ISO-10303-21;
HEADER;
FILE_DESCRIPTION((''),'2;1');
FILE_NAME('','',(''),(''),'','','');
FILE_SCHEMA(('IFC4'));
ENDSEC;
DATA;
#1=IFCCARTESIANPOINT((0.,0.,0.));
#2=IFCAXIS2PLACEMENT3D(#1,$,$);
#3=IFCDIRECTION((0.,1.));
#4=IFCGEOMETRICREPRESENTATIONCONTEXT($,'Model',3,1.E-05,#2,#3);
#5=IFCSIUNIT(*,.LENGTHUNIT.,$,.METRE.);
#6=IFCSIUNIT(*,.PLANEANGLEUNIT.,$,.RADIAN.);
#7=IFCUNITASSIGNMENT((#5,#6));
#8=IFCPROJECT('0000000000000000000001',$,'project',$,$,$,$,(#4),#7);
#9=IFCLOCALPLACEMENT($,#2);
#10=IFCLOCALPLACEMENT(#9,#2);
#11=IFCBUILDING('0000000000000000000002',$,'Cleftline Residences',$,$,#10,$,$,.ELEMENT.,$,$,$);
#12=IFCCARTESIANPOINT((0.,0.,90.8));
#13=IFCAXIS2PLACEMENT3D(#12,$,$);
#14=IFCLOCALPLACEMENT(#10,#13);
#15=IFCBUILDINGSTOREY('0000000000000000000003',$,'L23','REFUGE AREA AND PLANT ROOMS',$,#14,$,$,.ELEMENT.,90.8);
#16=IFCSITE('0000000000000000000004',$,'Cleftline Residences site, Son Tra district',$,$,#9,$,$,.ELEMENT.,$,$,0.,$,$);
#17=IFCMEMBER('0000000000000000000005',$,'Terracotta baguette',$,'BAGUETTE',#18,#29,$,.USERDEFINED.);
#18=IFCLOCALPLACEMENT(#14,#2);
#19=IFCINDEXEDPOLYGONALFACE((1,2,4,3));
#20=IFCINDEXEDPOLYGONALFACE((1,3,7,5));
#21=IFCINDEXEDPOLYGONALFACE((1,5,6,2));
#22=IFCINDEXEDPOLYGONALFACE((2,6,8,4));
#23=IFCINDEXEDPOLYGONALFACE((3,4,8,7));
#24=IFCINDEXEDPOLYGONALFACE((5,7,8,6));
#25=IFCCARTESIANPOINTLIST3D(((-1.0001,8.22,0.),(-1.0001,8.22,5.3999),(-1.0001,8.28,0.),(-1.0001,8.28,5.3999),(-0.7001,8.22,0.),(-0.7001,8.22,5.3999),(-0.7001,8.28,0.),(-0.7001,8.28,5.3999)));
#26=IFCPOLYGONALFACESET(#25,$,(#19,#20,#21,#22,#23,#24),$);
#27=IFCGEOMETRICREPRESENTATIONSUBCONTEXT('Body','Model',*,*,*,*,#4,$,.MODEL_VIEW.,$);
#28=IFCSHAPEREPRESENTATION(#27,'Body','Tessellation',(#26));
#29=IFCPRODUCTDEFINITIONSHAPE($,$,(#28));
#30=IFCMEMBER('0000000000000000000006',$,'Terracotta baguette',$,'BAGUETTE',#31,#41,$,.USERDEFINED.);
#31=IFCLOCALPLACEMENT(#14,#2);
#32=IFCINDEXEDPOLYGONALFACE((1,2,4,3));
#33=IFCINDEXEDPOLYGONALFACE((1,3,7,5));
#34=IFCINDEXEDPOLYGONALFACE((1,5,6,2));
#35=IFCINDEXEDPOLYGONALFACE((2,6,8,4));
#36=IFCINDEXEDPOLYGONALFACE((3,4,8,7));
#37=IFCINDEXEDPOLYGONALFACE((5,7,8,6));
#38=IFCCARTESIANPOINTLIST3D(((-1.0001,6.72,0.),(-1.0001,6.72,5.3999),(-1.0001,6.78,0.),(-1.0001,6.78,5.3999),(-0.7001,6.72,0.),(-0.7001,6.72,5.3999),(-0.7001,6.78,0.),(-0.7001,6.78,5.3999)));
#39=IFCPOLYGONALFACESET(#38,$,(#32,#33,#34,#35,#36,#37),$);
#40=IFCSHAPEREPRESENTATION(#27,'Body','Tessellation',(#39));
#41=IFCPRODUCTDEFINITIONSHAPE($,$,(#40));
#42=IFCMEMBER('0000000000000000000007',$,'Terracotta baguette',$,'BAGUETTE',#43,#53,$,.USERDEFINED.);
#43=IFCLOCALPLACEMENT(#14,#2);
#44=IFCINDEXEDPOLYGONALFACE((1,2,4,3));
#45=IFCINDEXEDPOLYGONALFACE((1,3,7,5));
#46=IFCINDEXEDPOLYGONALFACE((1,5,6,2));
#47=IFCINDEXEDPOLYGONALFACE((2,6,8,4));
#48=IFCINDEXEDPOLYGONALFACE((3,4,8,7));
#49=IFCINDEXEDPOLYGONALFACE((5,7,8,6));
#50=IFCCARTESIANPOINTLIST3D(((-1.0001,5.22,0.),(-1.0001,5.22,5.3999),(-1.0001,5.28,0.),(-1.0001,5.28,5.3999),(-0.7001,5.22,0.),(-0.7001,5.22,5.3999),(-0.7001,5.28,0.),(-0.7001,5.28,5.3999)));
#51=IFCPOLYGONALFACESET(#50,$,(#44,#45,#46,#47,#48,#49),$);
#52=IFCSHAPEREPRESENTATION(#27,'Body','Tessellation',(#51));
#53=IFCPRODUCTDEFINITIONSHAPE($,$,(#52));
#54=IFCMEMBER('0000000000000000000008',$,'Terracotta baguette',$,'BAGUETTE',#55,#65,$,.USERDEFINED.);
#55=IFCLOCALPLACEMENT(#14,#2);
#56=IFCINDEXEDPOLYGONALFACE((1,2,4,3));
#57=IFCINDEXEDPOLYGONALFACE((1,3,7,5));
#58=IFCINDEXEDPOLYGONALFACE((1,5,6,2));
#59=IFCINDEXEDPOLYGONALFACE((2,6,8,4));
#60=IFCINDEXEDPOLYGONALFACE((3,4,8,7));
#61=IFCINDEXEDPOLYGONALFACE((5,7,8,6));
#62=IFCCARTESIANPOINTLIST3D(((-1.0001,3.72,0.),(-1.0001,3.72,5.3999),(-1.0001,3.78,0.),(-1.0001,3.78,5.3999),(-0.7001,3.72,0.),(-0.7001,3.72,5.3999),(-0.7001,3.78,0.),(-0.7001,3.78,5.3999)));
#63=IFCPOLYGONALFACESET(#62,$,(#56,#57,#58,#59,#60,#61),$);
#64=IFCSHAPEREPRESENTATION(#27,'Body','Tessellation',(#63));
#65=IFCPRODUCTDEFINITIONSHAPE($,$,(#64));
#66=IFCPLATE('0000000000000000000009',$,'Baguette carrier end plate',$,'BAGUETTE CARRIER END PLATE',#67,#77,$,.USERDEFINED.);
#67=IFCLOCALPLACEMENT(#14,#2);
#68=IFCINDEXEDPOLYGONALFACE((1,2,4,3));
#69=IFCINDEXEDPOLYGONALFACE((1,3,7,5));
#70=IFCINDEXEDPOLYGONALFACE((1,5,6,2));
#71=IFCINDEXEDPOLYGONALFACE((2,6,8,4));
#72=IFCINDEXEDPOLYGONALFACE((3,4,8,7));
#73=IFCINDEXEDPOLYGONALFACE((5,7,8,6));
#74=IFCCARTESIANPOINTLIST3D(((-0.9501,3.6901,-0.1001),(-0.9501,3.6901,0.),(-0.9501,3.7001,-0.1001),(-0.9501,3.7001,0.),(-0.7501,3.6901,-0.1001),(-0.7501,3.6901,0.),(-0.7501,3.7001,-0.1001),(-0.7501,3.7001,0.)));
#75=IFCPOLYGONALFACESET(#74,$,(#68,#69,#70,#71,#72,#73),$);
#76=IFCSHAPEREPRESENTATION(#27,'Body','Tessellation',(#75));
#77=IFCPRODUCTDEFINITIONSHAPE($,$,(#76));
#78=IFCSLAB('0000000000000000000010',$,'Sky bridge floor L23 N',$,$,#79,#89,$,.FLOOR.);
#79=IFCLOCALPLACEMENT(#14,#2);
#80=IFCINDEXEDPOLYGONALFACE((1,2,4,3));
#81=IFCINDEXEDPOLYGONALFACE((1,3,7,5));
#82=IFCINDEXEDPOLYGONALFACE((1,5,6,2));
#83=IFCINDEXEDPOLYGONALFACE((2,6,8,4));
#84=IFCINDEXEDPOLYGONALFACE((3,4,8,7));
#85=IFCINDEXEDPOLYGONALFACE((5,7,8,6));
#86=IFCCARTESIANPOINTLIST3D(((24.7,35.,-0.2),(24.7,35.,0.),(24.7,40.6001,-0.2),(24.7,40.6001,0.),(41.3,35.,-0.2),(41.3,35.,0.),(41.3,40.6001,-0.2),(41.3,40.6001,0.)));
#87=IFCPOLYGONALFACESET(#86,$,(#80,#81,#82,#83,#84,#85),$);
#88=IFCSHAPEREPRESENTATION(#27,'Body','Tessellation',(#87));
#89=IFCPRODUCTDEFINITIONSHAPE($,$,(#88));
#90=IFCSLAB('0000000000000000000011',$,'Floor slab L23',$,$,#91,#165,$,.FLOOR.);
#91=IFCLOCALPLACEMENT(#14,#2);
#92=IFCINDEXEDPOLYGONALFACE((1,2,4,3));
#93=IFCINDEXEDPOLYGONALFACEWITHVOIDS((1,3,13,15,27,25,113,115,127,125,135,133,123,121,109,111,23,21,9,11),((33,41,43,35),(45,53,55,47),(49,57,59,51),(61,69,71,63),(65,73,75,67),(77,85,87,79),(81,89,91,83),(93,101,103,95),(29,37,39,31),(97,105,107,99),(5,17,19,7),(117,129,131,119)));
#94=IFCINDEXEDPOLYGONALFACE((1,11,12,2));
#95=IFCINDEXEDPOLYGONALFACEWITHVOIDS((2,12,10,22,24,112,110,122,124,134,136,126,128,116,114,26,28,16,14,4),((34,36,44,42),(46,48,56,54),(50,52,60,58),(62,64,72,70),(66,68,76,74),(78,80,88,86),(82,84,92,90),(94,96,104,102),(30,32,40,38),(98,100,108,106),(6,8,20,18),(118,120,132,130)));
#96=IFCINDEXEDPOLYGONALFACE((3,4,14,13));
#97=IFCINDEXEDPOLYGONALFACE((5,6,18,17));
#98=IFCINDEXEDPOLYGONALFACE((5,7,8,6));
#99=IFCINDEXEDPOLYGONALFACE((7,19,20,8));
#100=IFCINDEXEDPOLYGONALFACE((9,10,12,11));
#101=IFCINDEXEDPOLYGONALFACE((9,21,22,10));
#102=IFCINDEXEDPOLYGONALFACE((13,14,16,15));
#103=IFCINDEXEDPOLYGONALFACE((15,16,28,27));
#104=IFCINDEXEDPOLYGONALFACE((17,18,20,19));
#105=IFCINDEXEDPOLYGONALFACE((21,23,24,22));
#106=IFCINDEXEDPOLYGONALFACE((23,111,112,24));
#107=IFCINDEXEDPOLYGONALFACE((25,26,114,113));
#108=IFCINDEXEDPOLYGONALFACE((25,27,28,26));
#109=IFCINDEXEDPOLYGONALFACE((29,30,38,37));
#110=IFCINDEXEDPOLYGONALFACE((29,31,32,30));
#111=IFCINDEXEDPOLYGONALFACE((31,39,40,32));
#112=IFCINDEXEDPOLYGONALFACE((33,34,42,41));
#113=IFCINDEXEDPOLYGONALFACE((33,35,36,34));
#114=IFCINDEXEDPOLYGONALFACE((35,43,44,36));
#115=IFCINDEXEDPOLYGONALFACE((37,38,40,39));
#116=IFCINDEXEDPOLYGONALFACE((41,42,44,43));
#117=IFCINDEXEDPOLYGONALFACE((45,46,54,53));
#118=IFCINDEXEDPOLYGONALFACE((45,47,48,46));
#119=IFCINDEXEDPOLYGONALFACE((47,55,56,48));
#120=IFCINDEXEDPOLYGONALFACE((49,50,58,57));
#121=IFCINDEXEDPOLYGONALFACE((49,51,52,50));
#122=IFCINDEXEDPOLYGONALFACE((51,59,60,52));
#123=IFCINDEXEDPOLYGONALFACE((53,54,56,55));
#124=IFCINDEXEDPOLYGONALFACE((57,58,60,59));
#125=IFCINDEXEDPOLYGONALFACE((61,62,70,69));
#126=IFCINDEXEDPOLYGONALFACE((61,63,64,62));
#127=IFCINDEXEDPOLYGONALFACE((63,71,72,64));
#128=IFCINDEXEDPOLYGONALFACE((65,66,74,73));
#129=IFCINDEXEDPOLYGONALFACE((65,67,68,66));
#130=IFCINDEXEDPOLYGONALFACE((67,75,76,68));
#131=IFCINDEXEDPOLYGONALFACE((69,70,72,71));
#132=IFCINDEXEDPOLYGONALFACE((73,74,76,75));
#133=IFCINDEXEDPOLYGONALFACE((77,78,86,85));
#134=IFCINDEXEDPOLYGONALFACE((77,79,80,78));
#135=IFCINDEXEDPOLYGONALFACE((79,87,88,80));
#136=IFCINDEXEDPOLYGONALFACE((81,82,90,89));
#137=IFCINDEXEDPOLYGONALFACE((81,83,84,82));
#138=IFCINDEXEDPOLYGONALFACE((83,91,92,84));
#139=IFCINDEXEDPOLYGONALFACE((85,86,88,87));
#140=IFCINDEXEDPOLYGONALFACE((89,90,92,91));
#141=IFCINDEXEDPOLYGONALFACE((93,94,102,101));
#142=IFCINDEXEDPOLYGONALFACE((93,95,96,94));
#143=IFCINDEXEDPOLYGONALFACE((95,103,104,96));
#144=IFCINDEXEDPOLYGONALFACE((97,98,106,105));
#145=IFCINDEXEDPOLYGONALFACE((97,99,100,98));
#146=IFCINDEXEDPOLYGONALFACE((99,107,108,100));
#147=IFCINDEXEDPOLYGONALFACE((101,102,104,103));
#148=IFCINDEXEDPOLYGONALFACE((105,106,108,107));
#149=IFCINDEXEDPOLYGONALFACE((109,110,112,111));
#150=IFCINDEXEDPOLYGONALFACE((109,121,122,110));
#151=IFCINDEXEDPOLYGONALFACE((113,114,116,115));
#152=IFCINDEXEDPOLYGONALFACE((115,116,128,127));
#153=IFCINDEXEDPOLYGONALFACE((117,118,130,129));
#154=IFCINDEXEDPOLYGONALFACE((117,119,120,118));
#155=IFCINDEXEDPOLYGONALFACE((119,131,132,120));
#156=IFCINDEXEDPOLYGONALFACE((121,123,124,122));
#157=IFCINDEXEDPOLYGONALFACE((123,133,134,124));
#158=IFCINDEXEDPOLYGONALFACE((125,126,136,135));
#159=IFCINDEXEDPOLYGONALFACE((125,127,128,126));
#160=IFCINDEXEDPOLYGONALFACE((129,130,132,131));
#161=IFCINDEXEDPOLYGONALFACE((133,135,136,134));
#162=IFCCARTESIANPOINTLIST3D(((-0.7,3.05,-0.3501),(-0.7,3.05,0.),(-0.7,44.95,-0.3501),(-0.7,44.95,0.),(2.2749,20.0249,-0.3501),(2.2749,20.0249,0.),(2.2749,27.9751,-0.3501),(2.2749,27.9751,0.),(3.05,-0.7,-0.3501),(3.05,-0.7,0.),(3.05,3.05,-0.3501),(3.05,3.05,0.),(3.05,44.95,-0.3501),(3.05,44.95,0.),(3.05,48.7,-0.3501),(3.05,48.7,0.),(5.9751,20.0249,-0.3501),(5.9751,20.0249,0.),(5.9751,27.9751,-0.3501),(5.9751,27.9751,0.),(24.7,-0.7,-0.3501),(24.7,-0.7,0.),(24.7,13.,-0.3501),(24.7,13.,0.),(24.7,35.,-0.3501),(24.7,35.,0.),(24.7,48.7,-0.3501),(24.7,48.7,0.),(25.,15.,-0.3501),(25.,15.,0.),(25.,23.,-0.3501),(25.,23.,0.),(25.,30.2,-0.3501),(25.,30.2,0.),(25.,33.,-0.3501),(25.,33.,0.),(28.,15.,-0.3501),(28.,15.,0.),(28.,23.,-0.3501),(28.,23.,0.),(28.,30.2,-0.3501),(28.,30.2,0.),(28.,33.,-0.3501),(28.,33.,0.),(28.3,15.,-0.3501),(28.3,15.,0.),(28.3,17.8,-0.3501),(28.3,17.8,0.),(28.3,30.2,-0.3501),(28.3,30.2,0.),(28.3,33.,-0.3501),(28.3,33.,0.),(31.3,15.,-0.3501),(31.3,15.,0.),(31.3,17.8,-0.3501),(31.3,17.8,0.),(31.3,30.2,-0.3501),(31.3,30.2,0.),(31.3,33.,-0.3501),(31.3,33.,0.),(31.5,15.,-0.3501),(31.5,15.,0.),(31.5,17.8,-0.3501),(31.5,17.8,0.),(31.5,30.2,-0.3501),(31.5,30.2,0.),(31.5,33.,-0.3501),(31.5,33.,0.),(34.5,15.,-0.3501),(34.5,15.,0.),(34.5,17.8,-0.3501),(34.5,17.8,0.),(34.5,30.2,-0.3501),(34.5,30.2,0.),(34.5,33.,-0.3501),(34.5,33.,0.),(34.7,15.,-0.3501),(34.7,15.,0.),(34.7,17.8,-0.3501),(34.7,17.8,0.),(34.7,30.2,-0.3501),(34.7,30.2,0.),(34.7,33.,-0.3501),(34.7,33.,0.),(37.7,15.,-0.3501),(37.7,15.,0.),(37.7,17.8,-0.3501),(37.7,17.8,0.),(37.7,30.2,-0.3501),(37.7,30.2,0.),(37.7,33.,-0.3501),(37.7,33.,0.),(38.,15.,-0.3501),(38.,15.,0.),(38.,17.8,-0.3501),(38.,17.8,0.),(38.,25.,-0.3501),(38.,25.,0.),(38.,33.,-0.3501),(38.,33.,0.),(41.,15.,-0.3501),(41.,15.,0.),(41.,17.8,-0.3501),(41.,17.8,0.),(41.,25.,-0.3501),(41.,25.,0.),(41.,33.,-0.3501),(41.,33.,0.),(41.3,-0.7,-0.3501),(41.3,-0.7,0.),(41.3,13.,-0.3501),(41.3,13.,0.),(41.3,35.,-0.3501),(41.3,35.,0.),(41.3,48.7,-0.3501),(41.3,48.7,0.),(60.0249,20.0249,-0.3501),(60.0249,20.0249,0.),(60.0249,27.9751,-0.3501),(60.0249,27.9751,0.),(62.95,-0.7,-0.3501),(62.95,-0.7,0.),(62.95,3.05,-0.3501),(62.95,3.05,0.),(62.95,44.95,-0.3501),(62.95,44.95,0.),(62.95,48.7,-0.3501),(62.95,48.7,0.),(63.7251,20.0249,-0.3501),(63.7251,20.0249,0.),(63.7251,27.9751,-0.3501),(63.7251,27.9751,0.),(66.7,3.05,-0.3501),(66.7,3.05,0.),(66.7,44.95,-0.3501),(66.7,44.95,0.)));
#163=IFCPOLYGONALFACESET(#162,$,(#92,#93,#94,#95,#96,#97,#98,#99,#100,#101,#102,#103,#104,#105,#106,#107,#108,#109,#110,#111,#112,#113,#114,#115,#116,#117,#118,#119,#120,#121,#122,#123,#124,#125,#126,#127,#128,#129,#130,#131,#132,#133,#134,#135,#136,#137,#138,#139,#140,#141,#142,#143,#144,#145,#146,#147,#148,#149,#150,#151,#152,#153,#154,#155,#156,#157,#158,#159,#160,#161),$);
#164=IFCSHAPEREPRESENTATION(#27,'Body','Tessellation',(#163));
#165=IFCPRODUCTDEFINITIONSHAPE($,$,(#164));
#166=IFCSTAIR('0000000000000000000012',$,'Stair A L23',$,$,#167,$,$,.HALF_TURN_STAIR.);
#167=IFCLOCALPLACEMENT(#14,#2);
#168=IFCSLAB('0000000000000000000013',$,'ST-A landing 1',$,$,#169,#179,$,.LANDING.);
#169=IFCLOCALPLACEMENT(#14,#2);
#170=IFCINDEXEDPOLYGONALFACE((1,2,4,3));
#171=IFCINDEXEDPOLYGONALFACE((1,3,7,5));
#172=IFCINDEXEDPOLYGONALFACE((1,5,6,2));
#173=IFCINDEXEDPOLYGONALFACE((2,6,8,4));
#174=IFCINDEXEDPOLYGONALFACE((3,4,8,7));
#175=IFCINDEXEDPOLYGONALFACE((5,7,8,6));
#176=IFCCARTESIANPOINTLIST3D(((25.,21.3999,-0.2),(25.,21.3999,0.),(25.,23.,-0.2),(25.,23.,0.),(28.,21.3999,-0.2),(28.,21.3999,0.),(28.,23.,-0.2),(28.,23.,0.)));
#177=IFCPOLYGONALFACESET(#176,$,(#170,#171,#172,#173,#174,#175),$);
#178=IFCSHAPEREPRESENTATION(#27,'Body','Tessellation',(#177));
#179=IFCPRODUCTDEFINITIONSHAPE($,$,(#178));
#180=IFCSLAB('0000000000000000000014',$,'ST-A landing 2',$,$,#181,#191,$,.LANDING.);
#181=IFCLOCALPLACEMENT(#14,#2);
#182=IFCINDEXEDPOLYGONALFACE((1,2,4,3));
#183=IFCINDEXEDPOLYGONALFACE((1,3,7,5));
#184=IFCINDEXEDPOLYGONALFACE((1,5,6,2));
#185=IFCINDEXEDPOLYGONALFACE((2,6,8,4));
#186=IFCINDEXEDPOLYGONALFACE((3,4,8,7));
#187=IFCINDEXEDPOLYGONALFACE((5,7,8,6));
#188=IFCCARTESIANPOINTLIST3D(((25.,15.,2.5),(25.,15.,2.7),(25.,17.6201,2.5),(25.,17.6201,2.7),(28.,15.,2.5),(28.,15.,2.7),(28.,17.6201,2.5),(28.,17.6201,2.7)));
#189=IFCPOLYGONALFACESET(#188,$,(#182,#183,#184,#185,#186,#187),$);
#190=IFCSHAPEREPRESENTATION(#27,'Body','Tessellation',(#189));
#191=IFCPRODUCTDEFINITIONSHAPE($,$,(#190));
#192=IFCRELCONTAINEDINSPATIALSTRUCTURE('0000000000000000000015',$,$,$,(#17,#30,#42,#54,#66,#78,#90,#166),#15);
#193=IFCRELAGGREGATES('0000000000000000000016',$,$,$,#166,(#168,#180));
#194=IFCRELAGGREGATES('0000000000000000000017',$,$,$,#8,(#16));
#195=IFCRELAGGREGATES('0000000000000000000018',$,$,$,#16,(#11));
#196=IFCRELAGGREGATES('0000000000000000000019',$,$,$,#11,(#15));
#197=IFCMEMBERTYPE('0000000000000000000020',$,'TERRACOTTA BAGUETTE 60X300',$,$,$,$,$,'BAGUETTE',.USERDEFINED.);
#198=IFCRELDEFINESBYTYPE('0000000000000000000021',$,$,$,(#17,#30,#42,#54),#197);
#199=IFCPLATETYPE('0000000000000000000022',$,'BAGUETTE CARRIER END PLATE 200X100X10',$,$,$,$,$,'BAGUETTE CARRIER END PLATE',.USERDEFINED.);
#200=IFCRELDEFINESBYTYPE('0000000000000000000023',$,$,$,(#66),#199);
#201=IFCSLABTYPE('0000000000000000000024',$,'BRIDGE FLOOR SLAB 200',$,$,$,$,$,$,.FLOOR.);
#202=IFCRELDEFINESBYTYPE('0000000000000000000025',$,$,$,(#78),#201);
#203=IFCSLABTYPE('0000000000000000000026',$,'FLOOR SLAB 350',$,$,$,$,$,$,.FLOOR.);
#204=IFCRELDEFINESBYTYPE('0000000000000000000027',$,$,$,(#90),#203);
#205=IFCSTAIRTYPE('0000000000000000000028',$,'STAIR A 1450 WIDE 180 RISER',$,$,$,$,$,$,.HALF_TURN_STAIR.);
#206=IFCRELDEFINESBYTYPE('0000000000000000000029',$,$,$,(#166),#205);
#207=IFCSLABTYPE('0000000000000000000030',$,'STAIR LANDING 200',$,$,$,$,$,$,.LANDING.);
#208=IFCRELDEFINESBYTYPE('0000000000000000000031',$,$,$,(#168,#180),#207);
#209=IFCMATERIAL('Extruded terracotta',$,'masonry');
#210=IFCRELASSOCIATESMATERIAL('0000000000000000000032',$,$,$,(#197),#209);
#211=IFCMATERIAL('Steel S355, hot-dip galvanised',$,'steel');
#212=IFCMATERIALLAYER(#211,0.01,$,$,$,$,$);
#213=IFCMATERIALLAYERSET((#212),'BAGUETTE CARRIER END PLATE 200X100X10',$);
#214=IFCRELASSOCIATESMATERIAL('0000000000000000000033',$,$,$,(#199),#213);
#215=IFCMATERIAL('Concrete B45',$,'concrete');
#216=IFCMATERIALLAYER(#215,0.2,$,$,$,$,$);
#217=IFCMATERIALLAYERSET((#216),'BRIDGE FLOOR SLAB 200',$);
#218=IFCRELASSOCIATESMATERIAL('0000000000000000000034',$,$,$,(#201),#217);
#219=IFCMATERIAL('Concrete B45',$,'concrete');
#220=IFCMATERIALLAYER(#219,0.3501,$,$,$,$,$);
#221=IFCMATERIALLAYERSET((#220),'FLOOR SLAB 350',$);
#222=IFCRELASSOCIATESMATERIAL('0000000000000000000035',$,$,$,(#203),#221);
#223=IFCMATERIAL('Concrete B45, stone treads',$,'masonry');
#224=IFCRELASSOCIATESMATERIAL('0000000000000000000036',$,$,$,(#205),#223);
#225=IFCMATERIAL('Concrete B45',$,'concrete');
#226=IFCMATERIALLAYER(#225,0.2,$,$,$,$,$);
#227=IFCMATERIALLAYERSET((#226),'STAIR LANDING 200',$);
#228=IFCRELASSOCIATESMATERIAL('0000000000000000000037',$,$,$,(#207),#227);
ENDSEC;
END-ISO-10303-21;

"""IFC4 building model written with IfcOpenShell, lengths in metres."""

from ifc_helpers import new_model, si_unit, direction, frame, origin, origin_2d, place, context, subcontext, project, spatial, polyline, rectangle, outline, extrude, material, layer, layer_set, material_profile, profile_set, type_object, element, aggregate, save


model = new_model("IFC4")

# Units and contexts
model_context = context("Model", 3, precision=1e-05, world=origin(), true_north=direction((0.0, 1.0)))
body_context = subcontext(model_context, "Body", "Model", "MODEL_VIEW")
ifc_project = project(units=[si_unit("LENGTHUNIT", "METRE"), si_unit("PLANEANGLEUNIT", "RADIAN")], contexts=[model_context])

# Site, building, storey
site_placement = place(None, origin())
site = spatial("IfcSite", under=ifc_project, at=site_placement, Name="Cleftline Residences site, Son Tra district", CompositionType="ELEMENT", RefElevation=0.0)
building_placement = place(site_placement, origin())
building = spatial("IfcBuilding", under=site, at=building_placement, Name="Cleftline Residences", CompositionType="ELEMENT")
storey_placement = place(building_placement, frame((0.0, 0.0, 90.8)))
storey = spatial("IfcBuildingStorey", under=building, at=storey_placement, Name="L23", Description="REFUGE AREA AND PLANT ROOMS", CompositionType="ELEMENT", Elevation=90.8)

# Members
ifc_material_1 = material(Name="Extruded terracotta", Category="masonry")
ifc_material_profile_1 = material_profile(ifc_material_1, rectangle(XDim=0.0601, YDim=0.3, at=origin_2d()))
ifc_profile_set_1 = profile_set([ifc_material_profile_1], Name="Extruded terracotta")
member_type_1 = type_object("IfcMemberType", Name="TERRACOTTA BAGUETTE 60X300", ElementType="BAGUETTE", PredefinedType="USERDEFINED", material=ifc_profile_set_1)
for number, where, z_axis, x_axis, name in (
    (1, (-0.8501, 8.25, 0.0), (0.0, 0.0, 1.0), (0.0, 1.0, 0.0), "Terracotta baguette"),
    (2, (-0.8501, 6.75, 0.0), (0.0, 0.0, 1.0), (0.0, 1.0, 0.0), "Terracotta baguette"),
    (3, (-0.8501, 5.25, 0.0), (0.0, 0.0, 1.0), (0.0, 1.0, 0.0), "Terracotta baguette"),
    (4, (-0.8501, 3.75, 0.0), (0.0, 0.0, 1.0), (0.0, 1.0, 0.0), "Terracotta baguette"),
):
    element("IfcMember", number, at=place(storey_placement, frame(where, z_axis=z_axis, x_axis=x_axis)), inside=storey, type_object=member_type_1, Name=name, ObjectType="BAGUETTE", PredefinedType="USERDEFINED", context=body_context, shape_type="SweptSolid", body=[
        extrude(rectangle(XDim=0.0601, YDim=0.3, at=origin_2d()), origin(), (0.0, 0.0, 1.0), 5.3999),
    ])

# Plate
ifc_material_2 = material(Name="Steel S355, hot-dip galvanised", Category="steel")
ifc_layer_1 = layer(ifc_material_2, 0.01)
ifc_layer_set_1 = layer_set([ifc_layer_1], Name="BAGUETTE CARRIER END PLATE 200X100X10")
plate_type = type_object("IfcPlateType", Name="BAGUETTE CARRIER END PLATE 200X100X10", ElementType="BAGUETTE CARRIER END PLATE", PredefinedType="USERDEFINED", material=ifc_layer_set_1)
plate_placement = place(storey_placement, frame((-0.8501, 3.6951, -0.1001), z_axis=(0.0, 0.0, 1.0), x_axis=(-1.0, 0.0, 0.0)))
element("IfcPlate", 5, at=plate_placement, inside=storey, type_object=plate_type, Name="Baguette carrier end plate", ObjectType="BAGUETTE CARRIER END PLATE", PredefinedType="USERDEFINED", context=body_context, shape_type="SweptSolid", body=[
    extrude(rectangle(XDim=0.2, YDim=0.01, at=origin_2d()), origin(), (0.0, 0.0, 1.0), 0.1001),
])

# Slabs
ifc_material_3 = material(Name="Concrete B45", Category="concrete")
ifc_layer_2 = layer(ifc_material_3, 0.2)
ifc_layer_set_2 = layer_set([ifc_layer_2], Name="BRIDGE FLOOR SLAB 200")
slab_type_1 = type_object("IfcSlabType", Name="BRIDGE FLOOR SLAB 200", PredefinedType="FLOOR", material=ifc_layer_set_2)
slab_1_placement = place(storey_placement, frame((0.0, 0.0, -0.2)))
element("IfcSlab", 6, at=slab_1_placement, inside=storey, type_object=slab_type_1, Name="Sky bridge floor L23 N", PredefinedType="FLOOR", context=body_context, shape_type="SweptSolid", body=[
    extrude(outline(polyline([(41.3, 35.0), (41.3, 40.6001), (24.7, 40.6001), (24.7, 35.0), (41.3, 35.0)])), origin(), (0.0, 0.0, 1.0), 0.2),
])
ifc_material_4 = material(Name="Concrete B45", Category="concrete")
ifc_layer_3 = layer(ifc_material_4, 0.3501)
ifc_layer_set_3 = layer_set([ifc_layer_3], Name="FLOOR SLAB 350")
slab_type_2 = type_object("IfcSlabType", Name="FLOOR SLAB 350", PredefinedType="FLOOR", material=ifc_layer_set_3)
slab_2_placement = place(storey_placement, frame((0.0, 0.0, -0.3501)))
element("IfcSlab", 7, at=slab_2_placement, inside=storey, type_object=slab_type_2, Name="Floor slab L23", PredefinedType="FLOOR", context=body_context, shape_type="SweptSolid", body=[
    extrude(outline(polyline([(24.7, 13.0), (41.3, 13.0), (41.3, -0.7), (62.95, -0.7), (62.95, 3.05), (66.7, 3.05), (66.7, 44.95), (62.95, 44.95), (62.95, 48.7), (41.3, 48.7), (41.3, 35.0), (24.7, 35.0), (24.7, 48.7), (3.05, 48.7), (3.05, 44.95), (-0.7, 44.95), (-0.7, 3.05), (3.05, 3.05), (3.05, -0.7), (24.7, -0.7), (24.7, 13.0)]), holes=[polyline([(28.0, 15.0), (28.0, 23.0), (25.0, 23.0), (25.0, 15.0), (28.0, 15.0)]), polyline([(41.0, 25.0), (41.0, 33.0), (38.0, 33.0), (38.0, 25.0), (41.0, 25.0)]), polyline([(28.0, 30.2), (28.0, 33.0), (25.0, 33.0), (25.0, 30.2), (28.0, 30.2)]), polyline([(41.0, 15.0), (41.0, 17.8), (38.0, 17.8), (38.0, 15.0), (41.0, 15.0)]), polyline([(31.3, 15.0), (31.3, 17.8), (28.3, 17.8), (28.3, 15.0), (31.3, 15.0)]), polyline([(34.5, 15.0), (34.5, 17.8), (31.5, 17.8), (31.5, 15.0), (34.5, 15.0)]), polyline([(37.7, 15.0), (37.7, 17.8), (34.7, 17.8), (34.7, 15.0), (37.7, 15.0)]), polyline([(31.3, 30.2), (31.3, 33.0), (28.3, 33.0), (28.3, 30.2), (31.3, 30.2)]), polyline([(34.5, 30.2), (34.5, 33.0), (31.5, 33.0), (31.5, 30.2), (34.5, 30.2)]), polyline([(37.7, 30.2), (37.7, 33.0), (34.7, 33.0), (34.7, 30.2), (37.7, 30.2)]), polyline([(63.7251, 20.0249), (63.7251, 27.9751), (60.0249, 27.9751), (60.0249, 20.0249), (63.7251, 20.0249)]), polyline([(5.9751, 20.0249), (5.9751, 27.9751), (2.2749, 27.9751), (2.2749, 20.0249), (5.9751, 20.0249)])]), origin(), (0.0, 0.0, 1.0), 0.3501),
])

# Stair, slabs
ifc_material_5 = material(Name="Concrete B45, stone treads", Category="masonry")
stair_type_1 = type_object("IfcStairType", Name="STAIR A 1450 WIDE 180 RISER", PredefinedType="HALF_TURN_STAIR", material=ifc_material_5)
stair_1_placement = place(storey_placement, origin())
stair_1 = element("IfcStair", 8, at=stair_1_placement, inside=storey, type_object=stair_type_1, Name="Stair A L23", PredefinedType="HALF_TURN_STAIR")
ifc_material_6 = material(Name="Concrete B45", Category="concrete")
ifc_layer_4 = layer(ifc_material_6, 0.2)
ifc_layer_set_4 = layer_set([ifc_layer_4], Name="STAIR LANDING 200")
slab_type_3 = type_object("IfcSlabType", Name="STAIR LANDING 200", PredefinedType="LANDING", material=ifc_layer_set_4)
slab_3_placement = place(storey_placement, frame((0.0, 0.0, -0.2)))
slab_3 = element("IfcSlab", 9, at=slab_3_placement, type_object=slab_type_3, Name="ST-A landing 1", PredefinedType="LANDING", context=body_context, shape_type="SweptSolid", body=[
    extrude(outline(polyline([(25.0, 21.3999), (28.0, 21.3999), (28.0, 23.0), (25.0, 23.0), (25.0, 21.3999)])), origin(), (0.0, 0.0, 1.0), 0.2),
])
slab_4_placement = place(storey_placement, frame((0.0, 0.0, 2.5)))
slab_4 = element("IfcSlab", 10, at=slab_4_placement, type_object=slab_type_3, Name="ST-A landing 2", PredefinedType="LANDING", context=body_context, shape_type="SweptSolid", body=[
    extrude(outline(polyline([(25.0, 15.0), (28.0, 15.0), (28.0, 17.6201), (25.0, 17.6201), (25.0, 15.0)])), origin(), (0.0, 0.0, 1.0), 0.2),
])
aggregate(stair_1, [slab_3, slab_4])

save(model, "model.ifc")
